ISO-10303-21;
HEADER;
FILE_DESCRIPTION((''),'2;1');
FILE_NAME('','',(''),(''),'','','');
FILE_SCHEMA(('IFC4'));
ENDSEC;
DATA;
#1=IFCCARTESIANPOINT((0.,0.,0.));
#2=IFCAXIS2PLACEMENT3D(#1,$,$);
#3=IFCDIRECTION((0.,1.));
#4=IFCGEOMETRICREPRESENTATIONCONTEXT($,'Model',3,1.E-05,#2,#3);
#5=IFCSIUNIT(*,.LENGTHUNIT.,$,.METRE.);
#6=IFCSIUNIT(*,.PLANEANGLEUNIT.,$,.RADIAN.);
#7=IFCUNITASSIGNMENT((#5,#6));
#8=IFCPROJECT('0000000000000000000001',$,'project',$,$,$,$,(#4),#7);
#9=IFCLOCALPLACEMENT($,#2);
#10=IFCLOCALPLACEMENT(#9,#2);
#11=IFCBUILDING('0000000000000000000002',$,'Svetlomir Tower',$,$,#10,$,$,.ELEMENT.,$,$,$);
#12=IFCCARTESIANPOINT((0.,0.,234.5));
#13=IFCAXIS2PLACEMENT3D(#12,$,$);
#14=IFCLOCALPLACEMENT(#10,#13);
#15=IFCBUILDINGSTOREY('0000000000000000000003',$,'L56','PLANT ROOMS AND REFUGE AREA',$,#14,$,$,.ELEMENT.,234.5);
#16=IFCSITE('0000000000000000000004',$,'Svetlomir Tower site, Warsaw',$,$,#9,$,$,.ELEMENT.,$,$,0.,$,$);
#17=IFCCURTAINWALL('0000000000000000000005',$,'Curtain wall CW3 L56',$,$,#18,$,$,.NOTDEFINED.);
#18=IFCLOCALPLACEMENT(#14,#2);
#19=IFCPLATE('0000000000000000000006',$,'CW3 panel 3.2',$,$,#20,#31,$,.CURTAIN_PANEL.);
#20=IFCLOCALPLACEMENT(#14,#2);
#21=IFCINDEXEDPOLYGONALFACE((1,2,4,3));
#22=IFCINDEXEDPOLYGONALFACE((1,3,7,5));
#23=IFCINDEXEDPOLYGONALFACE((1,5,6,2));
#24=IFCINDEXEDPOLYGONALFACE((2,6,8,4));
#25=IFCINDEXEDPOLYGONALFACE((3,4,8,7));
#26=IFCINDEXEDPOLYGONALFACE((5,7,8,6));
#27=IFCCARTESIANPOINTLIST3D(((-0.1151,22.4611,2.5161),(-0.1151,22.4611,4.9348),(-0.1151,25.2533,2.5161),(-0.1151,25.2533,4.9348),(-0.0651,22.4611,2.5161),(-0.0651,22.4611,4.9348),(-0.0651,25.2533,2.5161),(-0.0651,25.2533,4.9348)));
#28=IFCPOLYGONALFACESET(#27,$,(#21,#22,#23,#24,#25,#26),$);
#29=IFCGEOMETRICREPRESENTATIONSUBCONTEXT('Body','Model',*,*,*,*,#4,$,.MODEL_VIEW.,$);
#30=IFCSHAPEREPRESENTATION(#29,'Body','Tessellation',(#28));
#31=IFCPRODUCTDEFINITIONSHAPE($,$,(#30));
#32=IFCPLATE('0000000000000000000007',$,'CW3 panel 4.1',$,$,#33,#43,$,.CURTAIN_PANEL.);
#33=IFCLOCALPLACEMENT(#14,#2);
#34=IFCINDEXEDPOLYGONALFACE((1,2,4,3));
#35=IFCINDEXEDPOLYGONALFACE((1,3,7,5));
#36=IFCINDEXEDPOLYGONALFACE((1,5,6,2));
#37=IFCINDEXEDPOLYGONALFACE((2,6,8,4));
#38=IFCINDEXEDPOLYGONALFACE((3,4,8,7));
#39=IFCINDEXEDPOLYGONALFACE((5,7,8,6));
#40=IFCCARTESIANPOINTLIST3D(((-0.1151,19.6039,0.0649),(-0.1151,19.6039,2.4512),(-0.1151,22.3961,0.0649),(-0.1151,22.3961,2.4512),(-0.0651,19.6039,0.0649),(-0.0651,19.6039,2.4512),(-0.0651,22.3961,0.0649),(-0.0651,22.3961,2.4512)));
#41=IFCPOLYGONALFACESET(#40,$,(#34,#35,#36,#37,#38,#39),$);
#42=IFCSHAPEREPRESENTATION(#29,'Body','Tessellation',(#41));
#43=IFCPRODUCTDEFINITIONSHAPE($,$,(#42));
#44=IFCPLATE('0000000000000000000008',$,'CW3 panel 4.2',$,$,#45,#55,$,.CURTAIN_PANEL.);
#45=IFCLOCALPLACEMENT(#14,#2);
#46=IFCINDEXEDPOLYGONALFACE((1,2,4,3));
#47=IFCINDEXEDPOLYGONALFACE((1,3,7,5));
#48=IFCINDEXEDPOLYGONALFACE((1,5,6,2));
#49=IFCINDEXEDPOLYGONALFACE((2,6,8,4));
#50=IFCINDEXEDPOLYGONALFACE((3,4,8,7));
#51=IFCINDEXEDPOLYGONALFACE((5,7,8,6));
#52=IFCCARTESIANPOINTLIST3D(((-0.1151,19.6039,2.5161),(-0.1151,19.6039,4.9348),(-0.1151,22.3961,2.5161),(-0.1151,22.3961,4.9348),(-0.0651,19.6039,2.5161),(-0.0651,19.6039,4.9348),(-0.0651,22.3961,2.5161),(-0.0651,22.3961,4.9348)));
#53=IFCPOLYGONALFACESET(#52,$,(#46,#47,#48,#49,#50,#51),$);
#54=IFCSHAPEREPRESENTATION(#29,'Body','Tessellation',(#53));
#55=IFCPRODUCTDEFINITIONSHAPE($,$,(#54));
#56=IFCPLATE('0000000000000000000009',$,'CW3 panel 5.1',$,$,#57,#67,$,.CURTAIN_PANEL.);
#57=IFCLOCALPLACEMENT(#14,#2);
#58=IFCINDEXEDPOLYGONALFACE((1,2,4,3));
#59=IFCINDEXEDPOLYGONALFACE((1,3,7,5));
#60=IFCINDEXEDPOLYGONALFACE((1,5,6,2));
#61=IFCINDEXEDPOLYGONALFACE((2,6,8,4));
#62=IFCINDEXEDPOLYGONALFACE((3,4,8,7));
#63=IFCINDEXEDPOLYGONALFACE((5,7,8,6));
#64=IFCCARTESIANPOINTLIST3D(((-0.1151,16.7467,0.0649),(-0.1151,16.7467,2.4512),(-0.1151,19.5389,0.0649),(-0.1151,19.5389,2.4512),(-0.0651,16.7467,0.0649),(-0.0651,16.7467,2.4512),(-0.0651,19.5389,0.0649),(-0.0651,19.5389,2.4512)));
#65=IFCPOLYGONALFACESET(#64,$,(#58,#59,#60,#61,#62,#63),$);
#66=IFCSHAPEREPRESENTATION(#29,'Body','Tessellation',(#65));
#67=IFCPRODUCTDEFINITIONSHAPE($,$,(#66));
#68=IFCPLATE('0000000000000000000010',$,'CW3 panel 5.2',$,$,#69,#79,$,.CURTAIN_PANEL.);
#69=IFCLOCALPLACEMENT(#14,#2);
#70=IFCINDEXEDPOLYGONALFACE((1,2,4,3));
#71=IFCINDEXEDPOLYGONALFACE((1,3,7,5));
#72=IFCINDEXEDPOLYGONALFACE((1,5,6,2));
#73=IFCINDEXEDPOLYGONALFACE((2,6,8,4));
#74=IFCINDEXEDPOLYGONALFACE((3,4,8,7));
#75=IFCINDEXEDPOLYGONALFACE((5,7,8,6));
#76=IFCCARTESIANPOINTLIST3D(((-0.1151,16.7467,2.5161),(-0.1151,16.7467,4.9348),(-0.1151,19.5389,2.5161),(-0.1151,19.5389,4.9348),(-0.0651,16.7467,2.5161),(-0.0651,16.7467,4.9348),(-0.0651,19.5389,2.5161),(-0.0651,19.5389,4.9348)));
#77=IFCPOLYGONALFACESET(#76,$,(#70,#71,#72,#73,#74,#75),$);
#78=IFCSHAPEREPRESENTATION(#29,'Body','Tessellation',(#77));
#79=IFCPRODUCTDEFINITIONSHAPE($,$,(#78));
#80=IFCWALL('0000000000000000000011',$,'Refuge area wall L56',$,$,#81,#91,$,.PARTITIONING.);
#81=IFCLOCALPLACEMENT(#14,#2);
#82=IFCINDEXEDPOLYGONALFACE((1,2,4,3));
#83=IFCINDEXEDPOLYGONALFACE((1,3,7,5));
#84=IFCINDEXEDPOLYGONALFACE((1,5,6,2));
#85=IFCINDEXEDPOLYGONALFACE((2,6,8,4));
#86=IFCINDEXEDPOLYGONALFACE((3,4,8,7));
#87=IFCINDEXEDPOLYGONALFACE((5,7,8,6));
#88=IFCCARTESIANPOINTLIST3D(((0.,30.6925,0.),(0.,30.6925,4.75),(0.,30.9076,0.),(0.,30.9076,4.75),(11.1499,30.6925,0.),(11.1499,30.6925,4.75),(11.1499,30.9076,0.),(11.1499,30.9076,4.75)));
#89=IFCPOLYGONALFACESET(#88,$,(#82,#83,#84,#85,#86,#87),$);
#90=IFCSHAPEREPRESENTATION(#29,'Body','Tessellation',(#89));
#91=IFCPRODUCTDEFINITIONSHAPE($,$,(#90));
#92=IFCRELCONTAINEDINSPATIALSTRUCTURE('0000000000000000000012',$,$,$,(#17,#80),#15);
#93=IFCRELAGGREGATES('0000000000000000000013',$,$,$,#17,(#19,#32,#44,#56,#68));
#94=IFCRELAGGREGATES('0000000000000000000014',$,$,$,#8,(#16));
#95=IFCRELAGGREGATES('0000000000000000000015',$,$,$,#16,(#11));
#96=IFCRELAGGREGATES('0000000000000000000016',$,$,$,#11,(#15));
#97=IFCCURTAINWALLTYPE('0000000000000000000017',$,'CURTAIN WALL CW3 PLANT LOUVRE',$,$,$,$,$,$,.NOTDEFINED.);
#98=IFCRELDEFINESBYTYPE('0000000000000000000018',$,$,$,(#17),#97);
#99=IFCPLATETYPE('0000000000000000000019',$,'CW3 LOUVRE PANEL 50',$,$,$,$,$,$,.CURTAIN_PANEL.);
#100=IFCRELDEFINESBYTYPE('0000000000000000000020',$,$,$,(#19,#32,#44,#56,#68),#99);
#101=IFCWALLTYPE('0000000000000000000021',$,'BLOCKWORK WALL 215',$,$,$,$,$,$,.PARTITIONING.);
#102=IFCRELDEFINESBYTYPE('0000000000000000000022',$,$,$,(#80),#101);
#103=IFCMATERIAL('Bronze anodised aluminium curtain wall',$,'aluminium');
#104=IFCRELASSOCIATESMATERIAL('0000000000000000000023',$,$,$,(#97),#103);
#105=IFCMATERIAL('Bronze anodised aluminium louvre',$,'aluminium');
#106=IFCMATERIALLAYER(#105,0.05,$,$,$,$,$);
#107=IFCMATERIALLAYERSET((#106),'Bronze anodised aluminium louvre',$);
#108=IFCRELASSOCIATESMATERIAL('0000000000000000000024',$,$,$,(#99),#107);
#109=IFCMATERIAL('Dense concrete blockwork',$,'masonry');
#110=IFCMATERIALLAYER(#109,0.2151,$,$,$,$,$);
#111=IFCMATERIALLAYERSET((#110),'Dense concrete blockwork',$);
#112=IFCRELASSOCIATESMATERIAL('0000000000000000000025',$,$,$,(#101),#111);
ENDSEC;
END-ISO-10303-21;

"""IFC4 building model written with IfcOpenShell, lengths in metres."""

from ifc_helpers import new_model, si_unit, direction, frame, frame_2d, origin, origin_2d, place, context, subcontext, project, spatial, rectangle, extrude, material, layer, layer_set, type_object, element, aggregate, save


model = new_model("IFC4")

# Units and contexts
model_context = context("Model", 3, precision=1e-05, world=origin(), true_north=direction((0.0, 1.0)))
body_context = subcontext(model_context, "Body", "Model", "MODEL_VIEW")
ifc_project = project(units=[si_unit("LENGTHUNIT", "METRE"), si_unit("PLANEANGLEUNIT", "RADIAN")], contexts=[model_context])

# Site, building, storey
site_placement = place(None, origin())
site = spatial("IfcSite", under=ifc_project, at=site_placement, Name="Svetlomir Tower site, Warsaw", CompositionType="ELEMENT", RefElevation=0.0)
building_placement = place(site_placement, origin())
building = spatial("IfcBuilding", under=site, at=building_placement, Name="Svetlomir Tower", CompositionType="ELEMENT")
storey_placement = place(building_placement, frame((0.0, 0.0, 234.5)))
storey = spatial("IfcBuildingStorey", under=building, at=storey_placement, Name="L56", Description="PLANT ROOMS AND REFUGE AREA", CompositionType="ELEMENT", Elevation=234.5)

# Curtain wall, plates
ifc_material_1 = material(Name="Bronze anodised aluminium curtain wall", Category="aluminium")
curtain_wall_type = type_object("IfcCurtainWallType", Name="CURTAIN WALL CW3 PLANT LOUVRE", PredefinedType="NOTDEFINED", material=ifc_material_1)
curtain_wall_placement = place(storey_placement, origin())
curtain_wall = element("IfcCurtainWall", 1, at=curtain_wall_placement, inside=storey, type_object=curtain_wall_type, Name="Curtain wall CW3 L56", PredefinedType="NOTDEFINED")
ifc_material_2 = material(Name="Bronze anodised aluminium louvre", Category="aluminium")
ifc_layer_1 = layer(ifc_material_2, 0.05)
ifc_layer_set_1 = layer_set([ifc_layer_1], Name="Bronze anodised aluminium louvre")
plate_type = type_object("IfcPlateType", Name="CW3 LOUVRE PANEL 50", PredefinedType="CURTAIN_PANEL", material=ifc_layer_set_1)
plate_1_placement = place(storey_placement, frame((-0.0901, 23.8572, 2.5161), z_axis=(0.0, 0.0, 1.0), x_axis=(0.0, -1.0, 0.0)))
plate_1 = element("IfcPlate", 2, at=plate_1_placement, type_object=plate_type, Name="CW3 panel 3.2", PredefinedType="CURTAIN_PANEL", context=body_context, shape_type="SweptSolid", body=[
    extrude(rectangle(XDim=2.7922, YDim=0.05, at=origin_2d()), origin(), (0.0, 0.0, 1.0), 2.4187),
])
plate_2_placement = place(storey_placement, frame((-0.0901, 21.0, 0.0649), z_axis=(0.0, 0.0, 1.0), x_axis=(0.0, -1.0, 0.0)))
plate_2 = element("IfcPlate", 3, at=plate_2_placement, type_object=plate_type, Name="CW3 panel 4.1", PredefinedType="CURTAIN_PANEL", context=body_context, shape_type="SweptSolid", body=[
    extrude(rectangle(XDim=2.7922, YDim=0.05, at=origin_2d()), origin(), (0.0, 0.0, 1.0), 2.3862),
])
plate_3_placement = place(storey_placement, frame((-0.0901, 21.0, 2.5161), z_axis=(0.0, 0.0, 1.0), x_axis=(0.0, -1.0, 0.0)))
plate_3 = element("IfcPlate", 4, at=plate_3_placement, type_object=plate_type, Name="CW3 panel 4.2", PredefinedType="CURTAIN_PANEL", context=body_context, shape_type="SweptSolid", body=[
    extrude(rectangle(XDim=2.7922, YDim=0.05, at=origin_2d()), origin(), (0.0, 0.0, 1.0), 2.4187),
])
plate_4_placement = place(storey_placement, frame((-0.0901, 18.1428, 0.0649), z_axis=(0.0, 0.0, 1.0), x_axis=(0.0, -1.0, 0.0)))
plate_4 = element("IfcPlate", 5, at=plate_4_placement, type_object=plate_type, Name="CW3 panel 5.1", PredefinedType="CURTAIN_PANEL", context=body_context, shape_type="SweptSolid", body=[
    extrude(rectangle(XDim=2.7922, YDim=0.05, at=origin_2d()), origin(), (0.0, 0.0, 1.0), 2.3862),
])
plate_5_placement = place(storey_placement, frame((-0.0901, 18.1428, 2.5161), z_axis=(0.0, 0.0, 1.0), x_axis=(0.0, -1.0, 0.0)))
plate_5 = element("IfcPlate", 6, at=plate_5_placement, type_object=plate_type, Name="CW3 panel 5.2", PredefinedType="CURTAIN_PANEL", context=body_context, shape_type="SweptSolid", body=[
    extrude(rectangle(XDim=2.7922, YDim=0.05, at=origin_2d()), origin(), (0.0, 0.0, 1.0), 2.4187),
])
aggregate(curtain_wall, [plate_1, plate_2, plate_3, plate_4, plate_5])

# Wall
ifc_material_3 = material(Name="Dense concrete blockwork", Category="masonry")
ifc_layer_2 = layer(ifc_material_3, 0.2151)
ifc_layer_set_2 = layer_set([ifc_layer_2], Name="Dense concrete blockwork")
wall_type = type_object("IfcWallType", Name="BLOCKWORK WALL 215", PredefinedType="PARTITIONING", material=ifc_layer_set_2)
wall_placement = place(storey_placement, frame((0.0, 30.8, 0.0), z_axis=(0.0, 0.0, 1.0), x_axis=(1.0, 0.0, 0.0)))
element("IfcWall", 7, at=wall_placement, inside=storey, type_object=wall_type, Name="Refuge area wall L56", PredefinedType="PARTITIONING", context=body_context, shape_type="SweptSolid", body=[
    extrude(rectangle(XDim=11.1499, YDim=0.2151, at=frame_2d((5.575, 0.0))), origin(), (0.0, 0.0, 1.0), 4.75),
])

save(model, "model.ifc")
